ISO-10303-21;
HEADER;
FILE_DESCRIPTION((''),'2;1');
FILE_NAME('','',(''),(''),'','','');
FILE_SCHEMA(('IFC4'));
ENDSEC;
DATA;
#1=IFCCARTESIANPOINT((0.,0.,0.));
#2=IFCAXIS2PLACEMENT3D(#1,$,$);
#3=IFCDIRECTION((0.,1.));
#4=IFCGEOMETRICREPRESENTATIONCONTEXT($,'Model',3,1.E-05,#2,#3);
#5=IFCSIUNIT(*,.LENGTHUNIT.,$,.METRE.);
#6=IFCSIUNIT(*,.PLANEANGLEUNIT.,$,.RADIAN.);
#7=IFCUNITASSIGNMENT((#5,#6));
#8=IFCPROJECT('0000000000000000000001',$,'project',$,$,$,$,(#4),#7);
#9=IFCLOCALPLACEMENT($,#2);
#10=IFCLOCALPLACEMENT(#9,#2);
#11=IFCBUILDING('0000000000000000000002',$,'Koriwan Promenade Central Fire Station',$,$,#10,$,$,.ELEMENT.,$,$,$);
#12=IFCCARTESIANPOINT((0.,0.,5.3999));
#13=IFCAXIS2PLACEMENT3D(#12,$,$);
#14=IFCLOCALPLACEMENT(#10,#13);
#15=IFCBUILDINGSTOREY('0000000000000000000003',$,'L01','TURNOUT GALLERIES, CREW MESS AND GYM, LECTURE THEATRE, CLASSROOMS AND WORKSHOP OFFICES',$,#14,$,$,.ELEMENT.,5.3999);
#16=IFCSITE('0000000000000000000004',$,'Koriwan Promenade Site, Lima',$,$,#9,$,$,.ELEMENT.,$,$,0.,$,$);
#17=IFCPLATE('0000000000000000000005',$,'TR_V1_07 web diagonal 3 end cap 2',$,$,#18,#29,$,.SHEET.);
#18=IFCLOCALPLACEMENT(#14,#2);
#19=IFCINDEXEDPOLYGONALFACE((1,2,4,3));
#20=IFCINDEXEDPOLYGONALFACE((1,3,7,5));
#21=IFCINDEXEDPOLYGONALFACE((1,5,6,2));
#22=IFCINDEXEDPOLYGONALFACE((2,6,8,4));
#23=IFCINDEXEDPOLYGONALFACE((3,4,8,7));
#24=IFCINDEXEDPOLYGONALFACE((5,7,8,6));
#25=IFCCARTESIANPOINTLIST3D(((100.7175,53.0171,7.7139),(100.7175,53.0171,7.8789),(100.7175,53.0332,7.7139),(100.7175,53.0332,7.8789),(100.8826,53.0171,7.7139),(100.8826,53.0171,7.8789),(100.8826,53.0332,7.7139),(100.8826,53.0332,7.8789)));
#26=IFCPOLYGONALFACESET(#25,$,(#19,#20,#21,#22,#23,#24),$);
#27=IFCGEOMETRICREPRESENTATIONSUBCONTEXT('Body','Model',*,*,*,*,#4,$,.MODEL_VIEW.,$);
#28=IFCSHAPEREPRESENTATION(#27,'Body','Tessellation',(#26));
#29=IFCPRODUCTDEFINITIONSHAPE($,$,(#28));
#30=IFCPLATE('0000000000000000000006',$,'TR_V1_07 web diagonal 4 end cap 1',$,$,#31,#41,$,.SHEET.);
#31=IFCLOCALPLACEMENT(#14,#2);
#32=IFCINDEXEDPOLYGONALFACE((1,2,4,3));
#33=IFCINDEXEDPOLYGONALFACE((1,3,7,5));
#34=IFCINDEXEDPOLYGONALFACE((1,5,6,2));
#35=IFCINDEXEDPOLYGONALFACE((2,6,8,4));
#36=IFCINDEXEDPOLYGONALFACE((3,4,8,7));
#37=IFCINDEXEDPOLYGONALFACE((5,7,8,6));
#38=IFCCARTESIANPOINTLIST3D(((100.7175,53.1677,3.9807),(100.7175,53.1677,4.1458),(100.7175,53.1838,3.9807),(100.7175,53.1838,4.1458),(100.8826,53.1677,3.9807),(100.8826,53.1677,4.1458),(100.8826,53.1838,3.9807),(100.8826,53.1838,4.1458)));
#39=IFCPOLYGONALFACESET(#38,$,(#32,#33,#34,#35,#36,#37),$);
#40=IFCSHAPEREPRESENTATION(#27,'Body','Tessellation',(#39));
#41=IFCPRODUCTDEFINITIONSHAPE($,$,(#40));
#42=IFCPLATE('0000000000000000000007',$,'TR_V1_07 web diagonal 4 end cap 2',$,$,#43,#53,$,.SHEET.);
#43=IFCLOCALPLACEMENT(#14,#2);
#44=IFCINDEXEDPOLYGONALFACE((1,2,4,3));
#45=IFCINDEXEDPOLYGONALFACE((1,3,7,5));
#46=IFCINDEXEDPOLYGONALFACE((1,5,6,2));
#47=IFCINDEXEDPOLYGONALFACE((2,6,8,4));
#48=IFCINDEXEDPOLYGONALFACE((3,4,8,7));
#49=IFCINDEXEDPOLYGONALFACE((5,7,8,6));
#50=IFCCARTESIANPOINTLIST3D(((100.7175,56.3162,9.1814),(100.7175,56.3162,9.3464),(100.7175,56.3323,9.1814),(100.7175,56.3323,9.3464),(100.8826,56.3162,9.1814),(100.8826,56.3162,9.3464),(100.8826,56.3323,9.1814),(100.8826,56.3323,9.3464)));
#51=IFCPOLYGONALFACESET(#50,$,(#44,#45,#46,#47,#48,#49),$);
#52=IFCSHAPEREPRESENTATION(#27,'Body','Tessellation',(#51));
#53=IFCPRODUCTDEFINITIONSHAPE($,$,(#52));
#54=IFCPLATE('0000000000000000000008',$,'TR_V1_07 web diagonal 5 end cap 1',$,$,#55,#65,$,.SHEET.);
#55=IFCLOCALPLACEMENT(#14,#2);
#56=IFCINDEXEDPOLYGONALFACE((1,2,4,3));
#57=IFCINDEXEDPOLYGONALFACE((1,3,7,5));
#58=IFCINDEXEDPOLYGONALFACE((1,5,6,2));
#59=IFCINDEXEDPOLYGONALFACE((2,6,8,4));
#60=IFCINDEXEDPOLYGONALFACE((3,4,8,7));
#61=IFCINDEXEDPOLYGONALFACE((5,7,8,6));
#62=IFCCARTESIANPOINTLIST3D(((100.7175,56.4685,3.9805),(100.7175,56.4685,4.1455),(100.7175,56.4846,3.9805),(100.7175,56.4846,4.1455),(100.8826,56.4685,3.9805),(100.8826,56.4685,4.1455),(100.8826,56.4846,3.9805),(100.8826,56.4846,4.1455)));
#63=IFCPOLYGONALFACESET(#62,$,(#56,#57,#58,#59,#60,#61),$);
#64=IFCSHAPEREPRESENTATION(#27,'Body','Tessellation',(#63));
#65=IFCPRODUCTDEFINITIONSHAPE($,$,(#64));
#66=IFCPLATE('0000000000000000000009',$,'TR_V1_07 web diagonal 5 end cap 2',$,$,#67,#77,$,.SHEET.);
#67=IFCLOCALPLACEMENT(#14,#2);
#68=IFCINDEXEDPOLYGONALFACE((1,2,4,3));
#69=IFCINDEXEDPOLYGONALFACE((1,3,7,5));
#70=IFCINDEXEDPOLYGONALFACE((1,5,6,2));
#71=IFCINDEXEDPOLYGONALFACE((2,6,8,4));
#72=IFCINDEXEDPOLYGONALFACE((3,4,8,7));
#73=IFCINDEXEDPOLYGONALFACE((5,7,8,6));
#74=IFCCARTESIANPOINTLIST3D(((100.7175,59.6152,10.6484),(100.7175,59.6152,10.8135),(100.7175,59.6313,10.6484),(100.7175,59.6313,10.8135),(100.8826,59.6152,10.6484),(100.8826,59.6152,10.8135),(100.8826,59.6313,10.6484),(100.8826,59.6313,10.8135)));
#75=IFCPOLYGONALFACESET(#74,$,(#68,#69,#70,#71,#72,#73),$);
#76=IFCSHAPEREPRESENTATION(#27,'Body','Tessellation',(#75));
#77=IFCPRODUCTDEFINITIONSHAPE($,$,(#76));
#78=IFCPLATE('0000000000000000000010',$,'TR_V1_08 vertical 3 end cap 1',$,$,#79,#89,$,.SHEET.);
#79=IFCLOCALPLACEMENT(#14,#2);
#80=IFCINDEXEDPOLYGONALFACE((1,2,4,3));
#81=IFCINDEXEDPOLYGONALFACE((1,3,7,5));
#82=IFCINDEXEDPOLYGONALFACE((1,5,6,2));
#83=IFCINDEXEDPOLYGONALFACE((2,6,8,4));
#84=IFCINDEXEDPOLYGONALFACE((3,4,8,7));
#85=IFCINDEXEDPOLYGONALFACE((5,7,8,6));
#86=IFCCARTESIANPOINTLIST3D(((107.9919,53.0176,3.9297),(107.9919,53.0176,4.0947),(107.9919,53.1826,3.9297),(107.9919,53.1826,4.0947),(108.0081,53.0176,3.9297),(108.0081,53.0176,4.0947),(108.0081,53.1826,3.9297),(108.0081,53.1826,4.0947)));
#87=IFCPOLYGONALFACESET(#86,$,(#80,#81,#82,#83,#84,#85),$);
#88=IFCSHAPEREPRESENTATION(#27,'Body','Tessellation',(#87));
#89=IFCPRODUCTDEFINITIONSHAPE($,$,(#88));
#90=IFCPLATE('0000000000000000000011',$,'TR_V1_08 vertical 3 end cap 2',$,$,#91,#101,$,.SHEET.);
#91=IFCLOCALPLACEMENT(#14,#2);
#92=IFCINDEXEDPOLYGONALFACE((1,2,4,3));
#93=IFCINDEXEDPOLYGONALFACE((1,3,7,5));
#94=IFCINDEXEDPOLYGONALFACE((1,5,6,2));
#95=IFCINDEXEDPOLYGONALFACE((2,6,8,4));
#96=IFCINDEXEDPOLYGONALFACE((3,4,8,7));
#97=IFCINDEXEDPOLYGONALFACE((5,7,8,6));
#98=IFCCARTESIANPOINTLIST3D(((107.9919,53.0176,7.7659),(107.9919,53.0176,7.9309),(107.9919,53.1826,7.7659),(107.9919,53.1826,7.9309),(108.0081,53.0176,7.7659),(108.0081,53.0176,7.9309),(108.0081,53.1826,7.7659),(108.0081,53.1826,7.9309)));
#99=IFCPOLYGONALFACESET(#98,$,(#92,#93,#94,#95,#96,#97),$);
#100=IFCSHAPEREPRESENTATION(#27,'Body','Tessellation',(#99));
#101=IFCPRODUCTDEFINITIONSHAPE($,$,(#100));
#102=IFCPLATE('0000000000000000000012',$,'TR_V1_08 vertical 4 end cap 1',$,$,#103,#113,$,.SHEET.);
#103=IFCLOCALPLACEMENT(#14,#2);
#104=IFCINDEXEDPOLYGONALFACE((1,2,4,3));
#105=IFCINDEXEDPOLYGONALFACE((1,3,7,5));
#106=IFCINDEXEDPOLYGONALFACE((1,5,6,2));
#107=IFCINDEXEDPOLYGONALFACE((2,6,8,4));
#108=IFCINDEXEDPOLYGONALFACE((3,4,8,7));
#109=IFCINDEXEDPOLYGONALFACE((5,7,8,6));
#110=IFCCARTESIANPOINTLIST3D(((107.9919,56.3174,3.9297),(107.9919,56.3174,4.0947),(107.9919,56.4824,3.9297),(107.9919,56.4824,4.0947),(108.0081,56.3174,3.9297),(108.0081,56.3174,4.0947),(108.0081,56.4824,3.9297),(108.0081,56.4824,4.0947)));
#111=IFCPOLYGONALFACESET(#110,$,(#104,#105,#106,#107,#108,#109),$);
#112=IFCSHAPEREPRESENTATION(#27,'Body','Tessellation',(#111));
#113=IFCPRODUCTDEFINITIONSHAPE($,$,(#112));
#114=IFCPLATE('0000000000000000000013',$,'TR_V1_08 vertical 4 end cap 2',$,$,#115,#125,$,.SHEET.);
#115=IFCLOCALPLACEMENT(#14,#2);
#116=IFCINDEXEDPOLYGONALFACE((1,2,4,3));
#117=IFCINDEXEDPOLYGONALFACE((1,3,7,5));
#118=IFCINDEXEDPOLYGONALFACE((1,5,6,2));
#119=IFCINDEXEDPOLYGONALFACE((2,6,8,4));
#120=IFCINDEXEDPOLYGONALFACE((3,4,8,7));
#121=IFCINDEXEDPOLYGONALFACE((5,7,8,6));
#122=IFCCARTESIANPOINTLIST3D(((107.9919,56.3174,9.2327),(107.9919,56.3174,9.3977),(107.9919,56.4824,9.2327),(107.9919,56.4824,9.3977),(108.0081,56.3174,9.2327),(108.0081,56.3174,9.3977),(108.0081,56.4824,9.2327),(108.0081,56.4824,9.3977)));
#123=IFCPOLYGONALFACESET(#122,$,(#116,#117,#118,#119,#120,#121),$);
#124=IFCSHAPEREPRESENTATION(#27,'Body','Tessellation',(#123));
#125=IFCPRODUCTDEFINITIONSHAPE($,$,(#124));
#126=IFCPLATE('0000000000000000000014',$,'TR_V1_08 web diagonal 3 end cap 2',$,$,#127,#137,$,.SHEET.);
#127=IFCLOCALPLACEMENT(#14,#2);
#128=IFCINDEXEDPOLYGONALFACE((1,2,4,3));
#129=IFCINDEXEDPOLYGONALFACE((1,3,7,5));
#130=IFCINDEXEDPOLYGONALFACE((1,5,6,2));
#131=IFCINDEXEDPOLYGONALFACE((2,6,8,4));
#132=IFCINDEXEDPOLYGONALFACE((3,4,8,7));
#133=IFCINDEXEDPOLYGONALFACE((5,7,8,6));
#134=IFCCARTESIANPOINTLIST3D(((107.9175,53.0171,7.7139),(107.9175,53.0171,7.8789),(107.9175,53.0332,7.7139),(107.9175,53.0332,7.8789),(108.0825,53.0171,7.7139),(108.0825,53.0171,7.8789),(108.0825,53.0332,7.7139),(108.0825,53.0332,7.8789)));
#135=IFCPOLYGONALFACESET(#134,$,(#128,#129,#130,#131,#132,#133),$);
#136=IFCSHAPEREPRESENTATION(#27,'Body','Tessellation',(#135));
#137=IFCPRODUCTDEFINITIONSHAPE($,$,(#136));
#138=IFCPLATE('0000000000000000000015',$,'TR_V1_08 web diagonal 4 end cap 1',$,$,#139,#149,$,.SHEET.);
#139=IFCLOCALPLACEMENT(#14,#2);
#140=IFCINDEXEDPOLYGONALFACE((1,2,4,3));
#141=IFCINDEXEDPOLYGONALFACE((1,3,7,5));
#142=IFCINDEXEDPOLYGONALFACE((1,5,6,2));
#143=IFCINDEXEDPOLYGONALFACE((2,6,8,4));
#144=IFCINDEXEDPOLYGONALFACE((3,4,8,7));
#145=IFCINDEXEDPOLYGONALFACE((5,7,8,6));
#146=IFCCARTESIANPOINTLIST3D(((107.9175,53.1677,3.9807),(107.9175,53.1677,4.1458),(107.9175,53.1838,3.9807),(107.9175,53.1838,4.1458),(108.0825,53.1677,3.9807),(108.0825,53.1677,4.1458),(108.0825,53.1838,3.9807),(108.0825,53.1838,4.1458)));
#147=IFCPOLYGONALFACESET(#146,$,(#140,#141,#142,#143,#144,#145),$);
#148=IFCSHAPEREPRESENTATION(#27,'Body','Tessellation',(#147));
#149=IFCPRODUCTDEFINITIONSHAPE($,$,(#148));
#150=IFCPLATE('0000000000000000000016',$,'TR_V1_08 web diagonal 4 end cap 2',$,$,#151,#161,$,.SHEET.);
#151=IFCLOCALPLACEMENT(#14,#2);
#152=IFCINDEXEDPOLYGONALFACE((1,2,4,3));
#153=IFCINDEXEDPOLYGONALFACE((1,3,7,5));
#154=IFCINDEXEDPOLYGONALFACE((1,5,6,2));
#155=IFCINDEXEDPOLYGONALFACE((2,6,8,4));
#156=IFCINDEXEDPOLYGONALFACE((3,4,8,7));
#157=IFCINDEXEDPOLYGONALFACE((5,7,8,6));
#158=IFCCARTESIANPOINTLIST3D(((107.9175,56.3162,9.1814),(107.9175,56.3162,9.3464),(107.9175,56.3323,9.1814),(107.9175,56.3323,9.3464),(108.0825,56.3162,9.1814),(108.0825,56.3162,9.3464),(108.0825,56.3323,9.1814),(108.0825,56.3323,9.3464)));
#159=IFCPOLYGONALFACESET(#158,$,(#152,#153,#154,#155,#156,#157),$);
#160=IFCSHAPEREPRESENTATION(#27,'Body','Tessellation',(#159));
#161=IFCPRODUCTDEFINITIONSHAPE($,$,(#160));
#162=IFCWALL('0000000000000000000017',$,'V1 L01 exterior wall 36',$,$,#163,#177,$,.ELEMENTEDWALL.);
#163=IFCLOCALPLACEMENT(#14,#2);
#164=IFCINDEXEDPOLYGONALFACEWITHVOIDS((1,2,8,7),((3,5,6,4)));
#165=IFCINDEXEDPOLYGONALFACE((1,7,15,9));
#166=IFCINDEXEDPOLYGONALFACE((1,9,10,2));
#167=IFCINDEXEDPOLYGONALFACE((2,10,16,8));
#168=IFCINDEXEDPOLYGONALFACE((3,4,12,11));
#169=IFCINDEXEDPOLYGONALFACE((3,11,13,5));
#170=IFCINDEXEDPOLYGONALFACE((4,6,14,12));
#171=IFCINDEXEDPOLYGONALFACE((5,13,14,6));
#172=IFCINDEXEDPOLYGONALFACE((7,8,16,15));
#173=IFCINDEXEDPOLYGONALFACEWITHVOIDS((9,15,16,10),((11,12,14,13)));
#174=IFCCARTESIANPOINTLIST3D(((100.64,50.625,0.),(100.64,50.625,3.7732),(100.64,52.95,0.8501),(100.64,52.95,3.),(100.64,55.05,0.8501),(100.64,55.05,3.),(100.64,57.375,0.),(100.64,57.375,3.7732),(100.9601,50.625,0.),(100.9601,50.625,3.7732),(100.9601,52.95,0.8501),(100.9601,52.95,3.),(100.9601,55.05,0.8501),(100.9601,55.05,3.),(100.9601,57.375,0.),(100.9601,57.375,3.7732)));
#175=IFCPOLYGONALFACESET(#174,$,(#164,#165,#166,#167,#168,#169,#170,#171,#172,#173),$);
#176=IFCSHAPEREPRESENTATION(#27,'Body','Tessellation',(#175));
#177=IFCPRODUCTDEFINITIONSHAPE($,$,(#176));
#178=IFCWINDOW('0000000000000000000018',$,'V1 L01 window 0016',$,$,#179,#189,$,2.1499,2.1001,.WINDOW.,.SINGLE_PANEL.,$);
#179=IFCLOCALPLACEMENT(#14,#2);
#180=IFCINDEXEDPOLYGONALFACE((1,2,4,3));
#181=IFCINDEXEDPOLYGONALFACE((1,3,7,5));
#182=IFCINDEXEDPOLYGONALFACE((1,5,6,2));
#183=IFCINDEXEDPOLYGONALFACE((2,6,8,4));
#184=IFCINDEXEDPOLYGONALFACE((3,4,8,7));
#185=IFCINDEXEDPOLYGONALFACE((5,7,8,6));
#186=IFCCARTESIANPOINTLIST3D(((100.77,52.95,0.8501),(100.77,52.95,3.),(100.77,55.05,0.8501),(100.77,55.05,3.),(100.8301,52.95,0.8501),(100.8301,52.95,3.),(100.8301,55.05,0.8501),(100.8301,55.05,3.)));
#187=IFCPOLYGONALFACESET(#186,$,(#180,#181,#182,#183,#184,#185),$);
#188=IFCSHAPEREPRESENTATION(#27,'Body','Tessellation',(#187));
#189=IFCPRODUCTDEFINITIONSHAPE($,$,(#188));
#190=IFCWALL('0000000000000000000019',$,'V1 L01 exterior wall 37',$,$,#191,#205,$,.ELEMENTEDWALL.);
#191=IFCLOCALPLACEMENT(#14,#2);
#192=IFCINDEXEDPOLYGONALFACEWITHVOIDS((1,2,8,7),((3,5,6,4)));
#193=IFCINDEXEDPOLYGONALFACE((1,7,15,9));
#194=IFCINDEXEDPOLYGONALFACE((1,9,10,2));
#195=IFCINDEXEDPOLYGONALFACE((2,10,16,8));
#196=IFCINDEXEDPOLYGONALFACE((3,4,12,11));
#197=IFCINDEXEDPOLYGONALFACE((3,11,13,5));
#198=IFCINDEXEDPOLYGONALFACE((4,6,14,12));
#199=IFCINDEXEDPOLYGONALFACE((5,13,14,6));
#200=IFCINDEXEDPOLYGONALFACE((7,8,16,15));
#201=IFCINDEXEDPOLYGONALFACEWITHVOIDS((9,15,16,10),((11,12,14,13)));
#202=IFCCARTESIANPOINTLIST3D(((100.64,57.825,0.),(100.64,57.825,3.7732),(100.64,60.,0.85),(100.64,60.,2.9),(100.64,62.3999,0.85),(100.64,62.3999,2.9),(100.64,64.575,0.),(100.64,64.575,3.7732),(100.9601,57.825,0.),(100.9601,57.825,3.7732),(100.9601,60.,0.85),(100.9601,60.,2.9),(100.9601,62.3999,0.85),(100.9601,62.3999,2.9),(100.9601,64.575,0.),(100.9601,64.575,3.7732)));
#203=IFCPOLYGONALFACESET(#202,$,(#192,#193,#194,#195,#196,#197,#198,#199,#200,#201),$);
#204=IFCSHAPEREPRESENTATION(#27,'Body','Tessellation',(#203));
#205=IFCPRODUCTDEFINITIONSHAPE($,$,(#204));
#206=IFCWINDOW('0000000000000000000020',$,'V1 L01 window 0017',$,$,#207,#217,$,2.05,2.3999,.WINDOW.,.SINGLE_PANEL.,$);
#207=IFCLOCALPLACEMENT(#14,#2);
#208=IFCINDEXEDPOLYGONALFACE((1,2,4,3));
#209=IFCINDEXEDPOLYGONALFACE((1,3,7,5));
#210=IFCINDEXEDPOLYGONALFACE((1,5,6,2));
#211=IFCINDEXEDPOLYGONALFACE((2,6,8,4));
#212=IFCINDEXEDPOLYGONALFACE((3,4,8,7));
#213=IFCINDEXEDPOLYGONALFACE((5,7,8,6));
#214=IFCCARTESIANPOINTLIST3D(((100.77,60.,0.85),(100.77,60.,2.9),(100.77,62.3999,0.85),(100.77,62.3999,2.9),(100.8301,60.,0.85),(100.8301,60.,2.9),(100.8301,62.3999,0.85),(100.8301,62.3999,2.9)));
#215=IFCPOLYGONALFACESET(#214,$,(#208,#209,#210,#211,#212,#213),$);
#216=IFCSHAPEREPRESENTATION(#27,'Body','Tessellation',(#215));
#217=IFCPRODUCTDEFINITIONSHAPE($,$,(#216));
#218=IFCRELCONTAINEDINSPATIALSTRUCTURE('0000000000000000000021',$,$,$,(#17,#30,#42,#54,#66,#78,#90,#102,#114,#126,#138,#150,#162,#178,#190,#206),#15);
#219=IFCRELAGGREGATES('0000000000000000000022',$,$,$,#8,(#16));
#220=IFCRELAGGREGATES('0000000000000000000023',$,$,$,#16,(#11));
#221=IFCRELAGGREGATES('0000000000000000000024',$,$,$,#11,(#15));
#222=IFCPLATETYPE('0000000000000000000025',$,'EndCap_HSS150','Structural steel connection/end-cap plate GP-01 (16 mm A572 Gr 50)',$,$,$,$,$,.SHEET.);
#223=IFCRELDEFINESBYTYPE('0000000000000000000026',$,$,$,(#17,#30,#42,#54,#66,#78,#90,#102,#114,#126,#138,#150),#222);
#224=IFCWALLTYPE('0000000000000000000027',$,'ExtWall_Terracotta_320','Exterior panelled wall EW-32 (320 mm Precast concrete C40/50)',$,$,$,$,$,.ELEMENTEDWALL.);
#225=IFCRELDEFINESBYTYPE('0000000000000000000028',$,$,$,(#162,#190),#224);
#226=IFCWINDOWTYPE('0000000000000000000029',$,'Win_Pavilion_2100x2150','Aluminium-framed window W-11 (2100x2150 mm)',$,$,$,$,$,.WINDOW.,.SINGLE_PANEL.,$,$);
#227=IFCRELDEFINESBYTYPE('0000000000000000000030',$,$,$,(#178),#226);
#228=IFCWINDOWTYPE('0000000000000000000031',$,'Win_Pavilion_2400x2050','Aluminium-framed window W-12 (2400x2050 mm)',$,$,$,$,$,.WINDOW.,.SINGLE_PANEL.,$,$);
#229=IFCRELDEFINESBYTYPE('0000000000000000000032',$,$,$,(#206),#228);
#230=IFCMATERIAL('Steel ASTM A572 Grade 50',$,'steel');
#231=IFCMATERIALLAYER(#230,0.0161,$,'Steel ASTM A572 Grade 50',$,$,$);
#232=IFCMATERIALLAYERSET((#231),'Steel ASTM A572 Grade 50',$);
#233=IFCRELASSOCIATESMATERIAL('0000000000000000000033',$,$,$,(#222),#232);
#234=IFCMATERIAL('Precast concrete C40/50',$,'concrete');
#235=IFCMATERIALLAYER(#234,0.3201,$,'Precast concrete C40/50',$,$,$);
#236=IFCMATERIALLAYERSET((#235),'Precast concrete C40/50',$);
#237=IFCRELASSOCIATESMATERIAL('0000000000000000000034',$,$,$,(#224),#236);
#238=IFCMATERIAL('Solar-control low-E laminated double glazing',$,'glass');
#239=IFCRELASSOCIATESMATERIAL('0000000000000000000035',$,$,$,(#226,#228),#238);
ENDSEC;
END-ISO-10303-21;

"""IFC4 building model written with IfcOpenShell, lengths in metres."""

from ifc_helpers import new_model, si_unit, direction, frame, frame_2d, origin, origin_2d, place, context, subcontext, project, spatial, rectangle, extrude, material, layer, layer_set, type_object, element, fill, save


model = new_model("IFC4")

# Units and contexts
model_context = context("Model", 3, precision=1e-05, world=origin(), true_north=direction((0.0, 1.0)))
body_context = subcontext(model_context, "Body", "Model", "MODEL_VIEW")
ifc_project = project(units=[si_unit("LENGTHUNIT", "METRE"), si_unit("PLANEANGLEUNIT", "RADIAN")], contexts=[model_context])

# Site, building, storey
site_placement = place(None, origin())
site = spatial("IfcSite", under=ifc_project, at=site_placement, Name="Koriwan Promenade Site, Lima", CompositionType="ELEMENT", RefElevation=0.0)
building_placement = place(site_placement, origin())
building = spatial("IfcBuilding", under=site, at=building_placement, Name="Koriwan Promenade Central Fire Station", CompositionType="ELEMENT")
storey_placement = place(building_placement, frame((0.0, 0.0, 5.3999)))
storey = spatial("IfcBuildingStorey", under=building, at=storey_placement, Name="L01", Description="TURNOUT GALLERIES, CREW MESS AND GYM, LECTURE THEATRE, CLASSROOMS AND WORKSHOP OFFICES", CompositionType="ELEMENT", Elevation=5.3999)

# Plates
ifc_material_1 = material(Name="Steel ASTM A572 Grade 50", Category="steel")
ifc_layer_1 = layer(ifc_material_1, 0.0161, Name="Steel ASTM A572 Grade 50")
ifc_layer_set_1 = layer_set([ifc_layer_1], Name="Steel ASTM A572 Grade 50")
plate_type = type_object("IfcPlateType", Name="EndCap_HSS150", Description="Structural steel connection/end-cap plate GP-01 (16 mm A572 Gr 50)", PredefinedType="SHEET", material=ifc_layer_set_1)
for number, where, z_axis, x_axis, name in (
    (1, (100.8, 53.0251, 7.7139), (0.0, 0.0, 1.0), (0.0, 1.0, 0.0), "TR_V1_07 web diagonal 3 end cap 2"),
    (2, (100.8, 53.1758, 3.9807), (0.0, 0.0, 1.0), (0.0, 1.0, 0.0), "TR_V1_07 web diagonal 4 end cap 1"),
    (3, (100.8, 56.3242, 9.1814), (0.0, 0.0, 1.0), (0.0, 1.0, 0.0), "TR_V1_07 web diagonal 4 end cap 2"),
    (4, (100.8, 56.4766, 3.9805), (0.0, 0.0, 1.0), (0.0, 1.0, 0.0), "TR_V1_07 web diagonal 5 end cap 1"),
    (5, (100.8, 59.6233, 10.6484), (0.0, 0.0, 1.0), (0.0, 1.0, 0.0), "TR_V1_07 web diagonal 5 end cap 2"),
    (6, (108.0, 53.1001, 3.9297), (0.0, 0.0, 1.0), (1.0, 0.0, 0.0), "TR_V1_08 vertical 3 end cap 1"),
    (7, (108.0, 53.1001, 7.7659), (0.0, 0.0, 1.0), (1.0, 0.0, 0.0), "TR_V1_08 vertical 3 end cap 2"),
    (8, (108.0, 56.3999, 3.9297), (0.0, 0.0, 1.0), (1.0, 0.0, 0.0), "TR_V1_08 vertical 4 end cap 1"),
    (9, (108.0, 56.3999, 9.2327), (0.0, 0.0, 1.0), (1.0, 0.0, 0.0), "TR_V1_08 vertical 4 end cap 2"),
    (10, (108.0, 53.0251, 7.7139), (0.0, 0.0, 1.0), (0.0, 1.0, 0.0), "TR_V1_08 web diagonal 3 end cap 2"),
    (11, (108.0, 53.1758, 3.9807), (0.0, 0.0, 1.0), (0.0, 1.0, 0.0), "TR_V1_08 web diagonal 4 end cap 1"),
    (12, (108.0, 56.3242, 9.1814), (0.0, 0.0, 1.0), (0.0, 1.0, 0.0), "TR_V1_08 web diagonal 4 end cap 2"),
):
    element("IfcPlate", number, at=place(storey_placement, frame(where, z_axis=z_axis, x_axis=x_axis)), inside=storey, type_object=plate_type, Name=name, PredefinedType="SHEET", context=body_context, shape_type="SweptSolid", body=[
        extrude(rectangle(XDim=0.0161, YDim=0.165, at=origin_2d()), origin(), (0.0, 0.0, 1.0), 0.165),
    ])

# Walls, openings, windows
ifc_material_2 = material(Name="Precast concrete C40/50", Category="concrete")
ifc_layer_2 = layer(ifc_material_2, 0.3201, Name="Precast concrete C40/50")
ifc_layer_set_2 = layer_set([ifc_layer_2], Name="Precast concrete C40/50")
wall_type_1 = type_object("IfcWallType", Name="ExtWall_Terracotta_320", Description="Exterior panelled wall EW-32 (320 mm Precast concrete C40/50)", PredefinedType="ELEMENTEDWALL", material=ifc_layer_set_2)
wall_1_placement = place(storey_placement, frame((100.8, 50.625, 0.0), z_axis=(0.0, 0.0, 1.0), x_axis=(0.0, 1.0, 0.0)))
wall_1 = element("IfcWall", 13, at=wall_1_placement, inside=storey, type_object=wall_type_1, Name="V1 L01 exterior wall 36", PredefinedType="ELEMENTEDWALL", context=body_context, shape_type="SweptSolid", body=[
    extrude(rectangle(XDim=6.75, YDim=0.3201, at=frame_2d((3.375, 0.0))), origin(), (0.0, 0.0, 1.0), 3.7732),
])
opening_1_placement = place(wall_1_placement, frame((2.325, 0.0, 0.8501)))
opening_1 = element("IfcOpeningElement", 14, at=opening_1_placement, cuts=wall_1, PredefinedType="OPENING", context=body_context, shape_type="SweptSolid", body=[
    extrude(rectangle(XDim=2.1001, YDim=2.1499, at=frame_2d((1.05, 1.075))), frame((0.0, 0.1719, 0.0), z_axis=(0.0, -1.0, 0.0), x_axis=(1.0, 0.0, 0.0)), (0.0, 0.0, 1.0), 0.344),
])
ifc_material_3 = material(Name="Solar-control low-E laminated double glazing", Category="glass")
window_type_1 = type_object("IfcWindowType", Name="Win_Pavilion_2100x2150", Description="Aluminium-framed window W-11 (2100x2150 mm)", PartitioningType="SINGLE_PANEL", PredefinedType="WINDOW", material=ifc_material_3)
window_1_placement = place(opening_1_placement, origin())
window_1 = element("IfcWindow", 15, at=window_1_placement, inside=storey, type_object=window_type_1, Name="V1 L01 window 0016", OverallHeight=2.1499, OverallWidth=2.1001, PartitioningType="SINGLE_PANEL", PredefinedType="WINDOW", context=body_context, shape_type="SweptSolid", body=[
    extrude(rectangle(XDim=2.1001, YDim=2.1499, at=frame_2d((1.05, 1.075))), frame((0.0, 0.03, 0.0), z_axis=(0.0, -1.0, 0.0), x_axis=(1.0, 0.0, 0.0)), (0.0, 0.0, 1.0), 0.0601),
])
fill(opening_1, window_1)
wall_2_placement = place(storey_placement, frame((100.8, 57.825, 0.0), z_axis=(0.0, 0.0, 1.0), x_axis=(0.0, 1.0, 0.0)))
wall_2 = element("IfcWall", 16, at=wall_2_placement, inside=storey, type_object=wall_type_1, Name="V1 L01 exterior wall 37", PredefinedType="ELEMENTEDWALL", context=body_context, shape_type="SweptSolid", body=[
    extrude(rectangle(XDim=6.75, YDim=0.3201, at=frame_2d((3.375, 0.0))), origin(), (0.0, 0.0, 1.0), 3.7732),
])
opening_2_placement = place(wall_2_placement, frame((2.175, 0.0, 0.8501)))
opening_2 = element("IfcOpeningElement", 17, at=opening_2_placement, cuts=wall_2, PredefinedType="OPENING", context=body_context, shape_type="SweptSolid", body=[
    extrude(rectangle(XDim=2.3999, YDim=2.05, at=frame_2d((1.2, 1.0249))), frame((0.0, 0.1719, 0.0), z_axis=(0.0, -1.0, 0.0), x_axis=(1.0, 0.0, 0.0)), (0.0, 0.0, 1.0), 0.344),
])
window_type_2 = type_object("IfcWindowType", Name="Win_Pavilion_2400x2050", Description="Aluminium-framed window W-12 (2400x2050 mm)", PartitioningType="SINGLE_PANEL", PredefinedType="WINDOW", material=ifc_material_3)
window_2_placement = place(opening_2_placement, origin())
window_2 = element("IfcWindow", 18, at=window_2_placement, inside=storey, type_object=window_type_2, Name="V1 L01 window 0017", OverallHeight=2.05, OverallWidth=2.3999, PartitioningType="SINGLE_PANEL", PredefinedType="WINDOW", context=body_context, shape_type="SweptSolid", body=[
    extrude(rectangle(XDim=2.3999, YDim=2.05, at=frame_2d((1.2, 1.0249))), frame((0.0, 0.03, 0.0), z_axis=(0.0, -1.0, 0.0), x_axis=(1.0, 0.0, 0.0)), (0.0, 0.0, 1.0), 0.0601),
])
fill(opening_2, window_2)

save(model, "model.ifc")
